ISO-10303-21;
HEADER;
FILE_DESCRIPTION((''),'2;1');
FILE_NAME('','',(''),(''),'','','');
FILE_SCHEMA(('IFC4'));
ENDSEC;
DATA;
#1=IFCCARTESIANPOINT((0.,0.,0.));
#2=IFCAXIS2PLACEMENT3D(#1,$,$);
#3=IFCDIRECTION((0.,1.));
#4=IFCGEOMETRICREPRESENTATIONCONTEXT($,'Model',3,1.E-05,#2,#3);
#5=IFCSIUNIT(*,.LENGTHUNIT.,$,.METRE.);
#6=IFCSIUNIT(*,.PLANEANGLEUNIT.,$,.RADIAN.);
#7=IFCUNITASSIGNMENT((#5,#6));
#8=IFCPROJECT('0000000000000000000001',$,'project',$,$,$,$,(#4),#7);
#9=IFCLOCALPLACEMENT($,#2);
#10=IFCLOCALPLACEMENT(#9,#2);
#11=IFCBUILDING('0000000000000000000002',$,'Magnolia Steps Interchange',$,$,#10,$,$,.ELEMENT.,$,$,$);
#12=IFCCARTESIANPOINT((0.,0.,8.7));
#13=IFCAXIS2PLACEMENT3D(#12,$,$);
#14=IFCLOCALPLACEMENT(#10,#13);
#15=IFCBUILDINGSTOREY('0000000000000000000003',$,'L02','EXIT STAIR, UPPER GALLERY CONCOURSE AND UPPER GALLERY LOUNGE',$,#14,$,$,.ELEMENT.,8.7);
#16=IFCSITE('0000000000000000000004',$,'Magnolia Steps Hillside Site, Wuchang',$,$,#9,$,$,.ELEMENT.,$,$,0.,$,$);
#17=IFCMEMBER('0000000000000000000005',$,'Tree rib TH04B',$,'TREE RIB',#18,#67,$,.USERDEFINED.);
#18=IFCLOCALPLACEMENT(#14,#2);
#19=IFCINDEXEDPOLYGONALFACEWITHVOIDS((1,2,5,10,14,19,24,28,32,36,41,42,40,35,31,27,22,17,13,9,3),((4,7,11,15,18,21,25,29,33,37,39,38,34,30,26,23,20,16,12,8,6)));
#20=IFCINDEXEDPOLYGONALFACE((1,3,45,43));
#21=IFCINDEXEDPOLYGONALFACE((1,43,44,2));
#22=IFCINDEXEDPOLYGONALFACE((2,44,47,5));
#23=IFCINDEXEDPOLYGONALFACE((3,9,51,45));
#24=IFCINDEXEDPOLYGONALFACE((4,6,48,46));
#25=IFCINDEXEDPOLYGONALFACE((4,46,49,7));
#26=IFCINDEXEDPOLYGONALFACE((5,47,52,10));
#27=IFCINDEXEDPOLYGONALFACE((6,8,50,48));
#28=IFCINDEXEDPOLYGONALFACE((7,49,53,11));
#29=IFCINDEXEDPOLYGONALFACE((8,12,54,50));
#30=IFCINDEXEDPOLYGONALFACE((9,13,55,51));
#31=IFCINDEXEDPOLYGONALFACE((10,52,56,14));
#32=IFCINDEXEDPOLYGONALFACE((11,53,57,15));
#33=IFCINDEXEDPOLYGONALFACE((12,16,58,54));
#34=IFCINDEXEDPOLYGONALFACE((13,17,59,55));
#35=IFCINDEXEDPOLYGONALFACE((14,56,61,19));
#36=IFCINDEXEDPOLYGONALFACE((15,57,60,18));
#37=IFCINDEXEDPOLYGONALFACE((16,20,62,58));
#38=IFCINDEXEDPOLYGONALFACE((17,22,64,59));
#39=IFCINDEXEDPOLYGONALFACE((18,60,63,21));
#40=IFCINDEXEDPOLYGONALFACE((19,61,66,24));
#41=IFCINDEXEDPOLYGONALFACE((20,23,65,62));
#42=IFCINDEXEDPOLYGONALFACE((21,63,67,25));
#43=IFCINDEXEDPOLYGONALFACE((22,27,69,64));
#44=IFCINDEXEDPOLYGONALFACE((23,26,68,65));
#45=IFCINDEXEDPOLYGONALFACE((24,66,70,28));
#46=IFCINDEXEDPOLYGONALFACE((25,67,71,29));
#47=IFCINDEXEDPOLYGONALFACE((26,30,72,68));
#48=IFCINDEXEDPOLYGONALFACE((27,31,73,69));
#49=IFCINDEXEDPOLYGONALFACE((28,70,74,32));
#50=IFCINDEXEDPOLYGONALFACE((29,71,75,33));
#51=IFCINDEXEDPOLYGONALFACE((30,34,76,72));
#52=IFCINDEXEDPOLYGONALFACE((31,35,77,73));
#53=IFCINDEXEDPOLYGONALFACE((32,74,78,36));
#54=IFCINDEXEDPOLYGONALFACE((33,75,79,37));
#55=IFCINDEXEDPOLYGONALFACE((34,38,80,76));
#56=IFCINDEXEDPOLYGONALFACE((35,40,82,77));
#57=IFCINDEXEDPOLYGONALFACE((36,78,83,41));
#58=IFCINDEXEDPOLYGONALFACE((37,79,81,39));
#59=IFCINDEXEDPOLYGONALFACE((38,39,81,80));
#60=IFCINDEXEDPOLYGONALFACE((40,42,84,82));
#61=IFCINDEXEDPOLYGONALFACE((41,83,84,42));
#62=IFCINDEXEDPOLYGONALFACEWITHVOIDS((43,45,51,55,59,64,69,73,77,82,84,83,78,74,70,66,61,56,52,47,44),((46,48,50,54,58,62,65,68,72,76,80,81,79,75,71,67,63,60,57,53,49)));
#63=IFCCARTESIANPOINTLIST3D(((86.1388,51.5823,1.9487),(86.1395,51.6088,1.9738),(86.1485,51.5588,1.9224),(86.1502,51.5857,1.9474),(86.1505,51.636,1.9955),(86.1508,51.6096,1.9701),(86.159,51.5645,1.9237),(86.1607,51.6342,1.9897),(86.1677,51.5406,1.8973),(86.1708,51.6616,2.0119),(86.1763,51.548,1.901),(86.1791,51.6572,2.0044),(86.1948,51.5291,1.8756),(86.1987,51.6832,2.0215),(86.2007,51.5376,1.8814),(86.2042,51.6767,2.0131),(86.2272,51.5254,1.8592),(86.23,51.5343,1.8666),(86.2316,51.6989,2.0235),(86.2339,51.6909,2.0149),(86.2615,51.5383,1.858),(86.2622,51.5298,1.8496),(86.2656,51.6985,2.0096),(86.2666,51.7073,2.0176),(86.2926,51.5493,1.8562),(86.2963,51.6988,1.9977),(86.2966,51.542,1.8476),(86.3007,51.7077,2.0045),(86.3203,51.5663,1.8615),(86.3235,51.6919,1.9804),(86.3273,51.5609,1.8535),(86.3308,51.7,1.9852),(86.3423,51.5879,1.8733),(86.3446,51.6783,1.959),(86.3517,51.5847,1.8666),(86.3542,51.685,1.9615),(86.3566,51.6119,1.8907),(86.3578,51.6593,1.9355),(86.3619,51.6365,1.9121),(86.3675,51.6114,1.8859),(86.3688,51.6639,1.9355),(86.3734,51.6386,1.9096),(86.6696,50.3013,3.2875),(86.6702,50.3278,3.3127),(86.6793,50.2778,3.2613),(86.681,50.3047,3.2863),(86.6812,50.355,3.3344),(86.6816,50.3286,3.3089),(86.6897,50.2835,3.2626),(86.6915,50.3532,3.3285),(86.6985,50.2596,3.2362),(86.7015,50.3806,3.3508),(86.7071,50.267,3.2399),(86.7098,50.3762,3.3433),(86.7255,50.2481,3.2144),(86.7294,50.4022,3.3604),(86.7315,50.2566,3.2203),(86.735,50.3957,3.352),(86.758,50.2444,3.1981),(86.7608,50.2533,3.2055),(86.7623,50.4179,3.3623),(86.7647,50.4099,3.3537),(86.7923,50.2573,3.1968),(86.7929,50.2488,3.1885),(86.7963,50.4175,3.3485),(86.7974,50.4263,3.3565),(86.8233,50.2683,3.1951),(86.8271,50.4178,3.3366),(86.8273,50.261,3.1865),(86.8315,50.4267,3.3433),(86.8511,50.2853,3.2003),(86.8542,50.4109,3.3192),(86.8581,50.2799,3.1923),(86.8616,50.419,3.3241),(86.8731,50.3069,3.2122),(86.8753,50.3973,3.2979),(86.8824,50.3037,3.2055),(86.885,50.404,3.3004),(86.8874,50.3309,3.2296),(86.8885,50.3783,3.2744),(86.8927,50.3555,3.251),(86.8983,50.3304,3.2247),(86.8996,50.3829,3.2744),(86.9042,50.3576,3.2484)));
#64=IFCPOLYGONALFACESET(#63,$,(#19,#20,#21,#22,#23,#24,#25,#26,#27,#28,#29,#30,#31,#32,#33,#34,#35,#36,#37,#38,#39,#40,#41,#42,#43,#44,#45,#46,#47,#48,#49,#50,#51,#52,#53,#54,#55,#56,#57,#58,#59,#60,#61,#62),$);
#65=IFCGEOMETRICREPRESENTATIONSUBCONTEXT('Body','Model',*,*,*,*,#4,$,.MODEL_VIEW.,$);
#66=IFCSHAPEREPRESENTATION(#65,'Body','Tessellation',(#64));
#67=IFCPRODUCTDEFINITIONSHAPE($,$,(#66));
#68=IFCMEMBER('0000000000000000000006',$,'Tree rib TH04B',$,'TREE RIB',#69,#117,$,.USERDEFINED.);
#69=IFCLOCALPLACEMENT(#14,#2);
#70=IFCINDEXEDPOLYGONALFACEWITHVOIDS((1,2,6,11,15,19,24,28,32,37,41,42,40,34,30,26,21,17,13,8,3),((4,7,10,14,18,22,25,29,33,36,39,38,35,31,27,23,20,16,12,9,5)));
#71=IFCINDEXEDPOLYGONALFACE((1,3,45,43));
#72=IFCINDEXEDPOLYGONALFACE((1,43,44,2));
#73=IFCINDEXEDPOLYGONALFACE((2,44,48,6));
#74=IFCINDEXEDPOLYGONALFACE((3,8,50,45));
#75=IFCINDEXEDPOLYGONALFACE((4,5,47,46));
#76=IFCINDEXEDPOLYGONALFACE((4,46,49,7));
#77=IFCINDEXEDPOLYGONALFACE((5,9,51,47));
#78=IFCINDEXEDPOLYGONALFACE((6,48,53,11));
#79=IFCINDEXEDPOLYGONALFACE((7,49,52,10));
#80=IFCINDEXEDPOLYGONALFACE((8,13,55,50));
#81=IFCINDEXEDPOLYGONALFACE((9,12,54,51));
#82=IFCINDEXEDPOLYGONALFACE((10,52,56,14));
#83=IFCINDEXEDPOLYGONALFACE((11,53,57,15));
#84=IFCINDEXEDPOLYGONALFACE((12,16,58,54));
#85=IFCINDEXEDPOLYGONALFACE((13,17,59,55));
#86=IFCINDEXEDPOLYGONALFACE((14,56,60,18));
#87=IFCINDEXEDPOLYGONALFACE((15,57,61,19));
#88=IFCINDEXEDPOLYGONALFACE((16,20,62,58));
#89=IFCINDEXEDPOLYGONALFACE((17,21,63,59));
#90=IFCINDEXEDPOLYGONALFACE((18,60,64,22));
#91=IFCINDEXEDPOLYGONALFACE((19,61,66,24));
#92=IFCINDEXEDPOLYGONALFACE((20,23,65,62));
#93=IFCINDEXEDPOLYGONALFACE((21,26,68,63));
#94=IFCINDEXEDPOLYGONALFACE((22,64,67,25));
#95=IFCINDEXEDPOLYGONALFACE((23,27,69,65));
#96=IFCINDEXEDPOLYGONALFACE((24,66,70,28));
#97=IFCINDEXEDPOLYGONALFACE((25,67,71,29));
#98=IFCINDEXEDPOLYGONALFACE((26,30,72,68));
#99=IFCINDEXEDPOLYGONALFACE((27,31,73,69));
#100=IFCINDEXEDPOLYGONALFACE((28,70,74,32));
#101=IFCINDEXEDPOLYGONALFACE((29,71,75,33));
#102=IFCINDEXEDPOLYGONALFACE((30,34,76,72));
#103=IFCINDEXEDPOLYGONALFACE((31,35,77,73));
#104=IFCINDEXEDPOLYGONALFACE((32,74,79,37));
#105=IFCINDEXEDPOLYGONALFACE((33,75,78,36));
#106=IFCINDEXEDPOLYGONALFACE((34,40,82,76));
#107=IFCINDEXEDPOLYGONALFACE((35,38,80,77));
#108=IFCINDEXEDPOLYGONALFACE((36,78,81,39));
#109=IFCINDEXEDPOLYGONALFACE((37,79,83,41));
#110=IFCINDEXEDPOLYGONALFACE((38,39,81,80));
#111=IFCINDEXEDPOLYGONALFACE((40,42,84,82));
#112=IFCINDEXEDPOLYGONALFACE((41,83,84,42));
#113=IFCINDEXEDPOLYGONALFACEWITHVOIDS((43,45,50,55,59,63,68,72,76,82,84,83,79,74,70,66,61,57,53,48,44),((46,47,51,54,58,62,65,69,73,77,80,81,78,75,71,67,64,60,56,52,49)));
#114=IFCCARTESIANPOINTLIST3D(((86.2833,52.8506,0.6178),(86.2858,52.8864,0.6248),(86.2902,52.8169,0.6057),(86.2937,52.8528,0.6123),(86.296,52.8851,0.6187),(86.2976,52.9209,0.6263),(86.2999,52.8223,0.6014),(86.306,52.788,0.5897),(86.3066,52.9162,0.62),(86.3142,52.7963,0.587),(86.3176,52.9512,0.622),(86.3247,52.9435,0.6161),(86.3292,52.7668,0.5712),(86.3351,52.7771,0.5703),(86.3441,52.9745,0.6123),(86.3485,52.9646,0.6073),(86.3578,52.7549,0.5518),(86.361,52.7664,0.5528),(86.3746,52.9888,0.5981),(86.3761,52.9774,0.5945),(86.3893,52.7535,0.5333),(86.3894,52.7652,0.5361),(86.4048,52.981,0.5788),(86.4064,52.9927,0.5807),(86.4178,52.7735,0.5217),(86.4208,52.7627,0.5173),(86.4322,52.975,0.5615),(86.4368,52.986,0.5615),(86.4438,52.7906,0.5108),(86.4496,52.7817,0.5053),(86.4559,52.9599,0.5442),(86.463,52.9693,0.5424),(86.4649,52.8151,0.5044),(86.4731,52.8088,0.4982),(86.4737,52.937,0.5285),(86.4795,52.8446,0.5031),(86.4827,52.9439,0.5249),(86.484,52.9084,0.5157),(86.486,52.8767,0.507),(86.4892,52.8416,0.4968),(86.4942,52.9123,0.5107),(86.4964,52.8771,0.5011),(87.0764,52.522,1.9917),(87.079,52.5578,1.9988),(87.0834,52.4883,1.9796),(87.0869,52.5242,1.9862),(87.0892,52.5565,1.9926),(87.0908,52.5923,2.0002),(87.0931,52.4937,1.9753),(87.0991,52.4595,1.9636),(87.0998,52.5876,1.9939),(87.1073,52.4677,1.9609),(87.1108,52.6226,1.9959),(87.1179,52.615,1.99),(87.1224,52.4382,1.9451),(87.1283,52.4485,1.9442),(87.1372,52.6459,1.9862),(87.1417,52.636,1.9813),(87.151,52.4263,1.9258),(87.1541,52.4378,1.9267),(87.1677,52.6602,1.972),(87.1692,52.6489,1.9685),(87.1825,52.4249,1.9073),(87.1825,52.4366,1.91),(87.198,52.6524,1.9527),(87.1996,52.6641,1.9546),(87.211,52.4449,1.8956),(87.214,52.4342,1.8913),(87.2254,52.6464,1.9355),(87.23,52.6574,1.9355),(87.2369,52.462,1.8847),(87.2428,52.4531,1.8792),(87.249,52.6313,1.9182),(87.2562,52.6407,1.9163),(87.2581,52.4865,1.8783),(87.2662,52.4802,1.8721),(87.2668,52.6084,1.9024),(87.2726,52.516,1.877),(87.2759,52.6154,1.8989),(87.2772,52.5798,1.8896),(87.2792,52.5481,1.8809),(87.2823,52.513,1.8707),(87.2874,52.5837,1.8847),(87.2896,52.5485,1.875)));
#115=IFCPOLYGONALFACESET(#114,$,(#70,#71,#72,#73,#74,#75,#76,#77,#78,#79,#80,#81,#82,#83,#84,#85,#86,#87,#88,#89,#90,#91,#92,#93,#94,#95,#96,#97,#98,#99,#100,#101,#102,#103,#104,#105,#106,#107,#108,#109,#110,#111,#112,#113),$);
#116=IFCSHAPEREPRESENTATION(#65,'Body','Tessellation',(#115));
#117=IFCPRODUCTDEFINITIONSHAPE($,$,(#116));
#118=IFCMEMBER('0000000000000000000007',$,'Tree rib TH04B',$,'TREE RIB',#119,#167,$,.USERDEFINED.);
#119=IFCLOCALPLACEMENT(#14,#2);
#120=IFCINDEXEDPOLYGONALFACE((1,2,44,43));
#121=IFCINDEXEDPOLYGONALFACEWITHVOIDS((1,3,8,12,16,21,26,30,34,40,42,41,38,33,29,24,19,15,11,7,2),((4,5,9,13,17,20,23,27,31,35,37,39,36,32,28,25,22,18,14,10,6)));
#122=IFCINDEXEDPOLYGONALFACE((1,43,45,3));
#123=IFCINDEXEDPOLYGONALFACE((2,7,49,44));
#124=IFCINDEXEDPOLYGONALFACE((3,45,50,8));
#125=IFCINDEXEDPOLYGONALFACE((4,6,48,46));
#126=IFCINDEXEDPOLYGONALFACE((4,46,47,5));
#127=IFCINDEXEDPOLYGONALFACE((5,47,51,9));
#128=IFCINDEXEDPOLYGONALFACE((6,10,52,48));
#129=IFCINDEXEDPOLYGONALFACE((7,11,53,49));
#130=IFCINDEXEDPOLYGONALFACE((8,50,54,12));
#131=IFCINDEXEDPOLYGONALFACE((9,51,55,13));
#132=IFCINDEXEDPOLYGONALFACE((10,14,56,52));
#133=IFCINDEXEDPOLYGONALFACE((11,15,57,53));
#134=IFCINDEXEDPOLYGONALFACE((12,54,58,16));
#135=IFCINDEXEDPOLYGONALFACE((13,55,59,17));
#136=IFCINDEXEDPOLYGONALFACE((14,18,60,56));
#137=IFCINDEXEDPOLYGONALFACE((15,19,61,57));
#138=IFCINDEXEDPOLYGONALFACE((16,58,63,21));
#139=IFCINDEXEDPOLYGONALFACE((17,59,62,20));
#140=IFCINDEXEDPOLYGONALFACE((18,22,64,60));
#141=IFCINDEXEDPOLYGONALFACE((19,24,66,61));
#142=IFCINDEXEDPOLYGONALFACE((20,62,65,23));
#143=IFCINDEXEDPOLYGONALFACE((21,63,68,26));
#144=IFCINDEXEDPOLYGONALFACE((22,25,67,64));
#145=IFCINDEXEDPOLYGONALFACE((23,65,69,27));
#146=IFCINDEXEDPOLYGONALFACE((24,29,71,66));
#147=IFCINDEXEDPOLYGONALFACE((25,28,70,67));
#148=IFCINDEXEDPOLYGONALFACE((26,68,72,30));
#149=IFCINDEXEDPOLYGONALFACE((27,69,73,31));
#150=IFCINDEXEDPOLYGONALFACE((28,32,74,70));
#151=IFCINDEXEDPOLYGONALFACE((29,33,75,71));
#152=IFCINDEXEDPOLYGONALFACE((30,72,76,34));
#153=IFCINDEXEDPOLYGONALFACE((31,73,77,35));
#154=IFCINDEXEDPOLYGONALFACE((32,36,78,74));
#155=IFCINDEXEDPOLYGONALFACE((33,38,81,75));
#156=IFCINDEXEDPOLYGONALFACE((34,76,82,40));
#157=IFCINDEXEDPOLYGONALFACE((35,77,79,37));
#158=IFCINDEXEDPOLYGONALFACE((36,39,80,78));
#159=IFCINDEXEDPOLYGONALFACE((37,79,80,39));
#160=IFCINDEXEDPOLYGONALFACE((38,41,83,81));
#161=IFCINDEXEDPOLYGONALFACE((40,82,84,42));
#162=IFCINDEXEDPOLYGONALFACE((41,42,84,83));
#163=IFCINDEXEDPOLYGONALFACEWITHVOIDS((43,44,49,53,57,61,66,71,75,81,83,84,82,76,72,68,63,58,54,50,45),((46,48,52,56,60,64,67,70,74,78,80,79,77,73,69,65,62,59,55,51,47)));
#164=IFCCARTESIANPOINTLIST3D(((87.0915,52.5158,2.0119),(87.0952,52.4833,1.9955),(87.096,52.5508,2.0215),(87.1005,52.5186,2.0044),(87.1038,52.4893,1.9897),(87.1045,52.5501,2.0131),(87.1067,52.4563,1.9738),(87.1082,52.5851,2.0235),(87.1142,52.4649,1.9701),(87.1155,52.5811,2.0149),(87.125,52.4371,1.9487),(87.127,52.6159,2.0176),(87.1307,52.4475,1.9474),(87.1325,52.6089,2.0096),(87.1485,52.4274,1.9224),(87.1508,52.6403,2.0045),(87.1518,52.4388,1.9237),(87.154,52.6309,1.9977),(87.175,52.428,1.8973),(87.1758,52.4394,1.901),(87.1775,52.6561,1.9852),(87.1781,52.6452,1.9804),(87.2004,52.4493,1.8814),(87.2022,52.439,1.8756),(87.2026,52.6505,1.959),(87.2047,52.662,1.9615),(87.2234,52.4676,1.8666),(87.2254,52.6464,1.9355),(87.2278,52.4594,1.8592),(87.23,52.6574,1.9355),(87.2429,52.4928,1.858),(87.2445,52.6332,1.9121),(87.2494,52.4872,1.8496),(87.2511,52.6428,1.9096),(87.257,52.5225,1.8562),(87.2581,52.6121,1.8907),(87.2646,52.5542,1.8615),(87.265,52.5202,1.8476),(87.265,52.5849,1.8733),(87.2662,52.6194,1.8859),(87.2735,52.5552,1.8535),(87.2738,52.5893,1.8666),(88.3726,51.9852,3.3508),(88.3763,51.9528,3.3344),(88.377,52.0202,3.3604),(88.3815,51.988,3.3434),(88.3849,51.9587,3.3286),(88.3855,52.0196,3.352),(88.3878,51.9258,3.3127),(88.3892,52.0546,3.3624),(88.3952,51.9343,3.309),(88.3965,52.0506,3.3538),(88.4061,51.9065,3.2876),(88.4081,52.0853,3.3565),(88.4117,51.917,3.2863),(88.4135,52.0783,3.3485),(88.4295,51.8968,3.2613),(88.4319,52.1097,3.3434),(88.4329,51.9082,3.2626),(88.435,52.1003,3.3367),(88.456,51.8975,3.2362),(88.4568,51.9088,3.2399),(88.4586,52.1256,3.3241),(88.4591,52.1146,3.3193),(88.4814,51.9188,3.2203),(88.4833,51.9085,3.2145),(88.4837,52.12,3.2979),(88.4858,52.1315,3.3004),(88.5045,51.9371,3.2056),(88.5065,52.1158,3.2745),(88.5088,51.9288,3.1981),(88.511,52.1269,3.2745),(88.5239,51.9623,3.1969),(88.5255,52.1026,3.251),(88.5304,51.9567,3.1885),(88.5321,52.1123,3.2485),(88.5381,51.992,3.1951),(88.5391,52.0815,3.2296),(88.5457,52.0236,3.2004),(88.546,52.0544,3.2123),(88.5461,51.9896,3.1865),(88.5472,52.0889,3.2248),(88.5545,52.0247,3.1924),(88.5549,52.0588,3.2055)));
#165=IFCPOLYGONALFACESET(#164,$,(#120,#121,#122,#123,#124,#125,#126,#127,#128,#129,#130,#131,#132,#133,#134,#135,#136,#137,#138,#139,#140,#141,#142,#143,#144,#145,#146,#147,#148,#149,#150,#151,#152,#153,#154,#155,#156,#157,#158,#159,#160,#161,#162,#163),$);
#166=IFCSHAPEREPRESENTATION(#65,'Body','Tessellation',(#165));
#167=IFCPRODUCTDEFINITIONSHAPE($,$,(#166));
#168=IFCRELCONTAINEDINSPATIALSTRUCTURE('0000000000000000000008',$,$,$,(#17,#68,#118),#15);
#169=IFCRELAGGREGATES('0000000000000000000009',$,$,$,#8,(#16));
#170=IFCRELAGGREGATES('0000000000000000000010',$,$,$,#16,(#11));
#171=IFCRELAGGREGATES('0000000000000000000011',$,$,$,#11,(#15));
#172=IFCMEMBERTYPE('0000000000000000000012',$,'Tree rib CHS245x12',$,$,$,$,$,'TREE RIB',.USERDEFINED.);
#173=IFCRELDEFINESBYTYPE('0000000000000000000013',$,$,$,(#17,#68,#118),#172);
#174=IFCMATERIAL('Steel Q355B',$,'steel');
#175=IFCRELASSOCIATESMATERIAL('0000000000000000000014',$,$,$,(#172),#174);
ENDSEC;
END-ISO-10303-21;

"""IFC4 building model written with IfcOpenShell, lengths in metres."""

from ifc_helpers import new_model, si_unit, direction, frame, origin, origin_2d, place, context, subcontext, project, spatial, hollow_circle, extrude, material, material_profile, profile_set, type_object, element, save


model = new_model("IFC4")

# Units and contexts
model_context = context("Model", 3, precision=1e-05, world=origin(), true_north=direction((0.0, 1.0)))
body_context = subcontext(model_context, "Body", "Model", "MODEL_VIEW")
ifc_project = project(units=[si_unit("LENGTHUNIT", "METRE"), si_unit("PLANEANGLEUNIT", "RADIAN")], contexts=[model_context])

# Site, building, storey
site_placement = place(None, origin())
site = spatial("IfcSite", under=ifc_project, at=site_placement, Name="Magnolia Steps Hillside Site, Wuchang", CompositionType="ELEMENT", RefElevation=0.0)
building_placement = place(site_placement, origin())
building = spatial("IfcBuilding", under=site, at=building_placement, Name="Magnolia Steps Interchange", CompositionType="ELEMENT")
storey_placement = place(building_placement, frame((0.0, 0.0, 8.7)))
storey = spatial("IfcBuildingStorey", under=building, at=storey_placement, Name="L02", Description="EXIT STAIR, UPPER GALLERY CONCOURSE AND UPPER GALLERY LOUNGE", CompositionType="ELEMENT", Elevation=8.7)

# Members
ifc_material_1 = material(Name="Steel Q355B", Category="steel")
ifc_material_profile_1 = material_profile(ifc_material_1, hollow_circle(Radius=0.1226, WallThickness=0.012, at=origin_2d()), Name="CHS245x12")
ifc_profile_set_1 = profile_set([ifc_material_profile_1], Name="Steel Q355B")
member_type = type_object("IfcMemberType", Name="Tree rib CHS245x12", ElementType="TREE RIB", PredefinedType="USERDEFINED", material=ifc_profile_set_1)
for number, where, z_axis, x_axis, name in (
    (1, (86.2556, 51.6169, 1.9355), (0.275363, -0.664595, 0.694614), (0.923841, 0.382777, 0.0), "Tree rib TH04B"),
):
    element("IfcMember", number, at=place(storey_placement, frame(where, z_axis=z_axis, x_axis=x_axis)), inside=storey, type_object=member_type, Name=name, ObjectType="TREE RIB", PredefinedType="USERDEFINED", context=body_context, shape_type="SweptSolid", body=[
        extrude(hollow_circle(Radius=0.1226, WallThickness=0.012, at=origin_2d()), origin(), (0.0, 0.0, 1.0), 1.9275),
    ])
member_1_placement = place(storey_placement, frame((86.3899, 52.8728, 0.5615), z_axis=(0.489571, -0.20282, 0.848047), x_axis=(0.382737, 0.923857, 0.0)))
element("IfcMember", 2, at=member_1_placement, inside=storey, type_object=member_type, Name="Tree rib TH04B", ObjectType="TREE RIB", PredefinedType="USERDEFINED", context=body_context, shape_type="SweptSolid", body=[
    extrude(hollow_circle(Radius=0.1226, WallThickness=0.012, at=origin_2d()), origin(), (0.0, 0.0, 1.0), 1.6201),
])
member_2_placement = place(storey_placement, frame((87.1831, 52.5442, 1.9355), z_axis=(0.664618, -0.275246, 0.694638), x_axis=(0.382627, 0.923903, 0.0)))
element("IfcMember", 3, at=member_2_placement, inside=storey, type_object=member_type, Name="Tree rib TH04B", ObjectType="TREE RIB", PredefinedType="USERDEFINED", context=body_context, shape_type="SweptSolid", body=[
    extrude(hollow_circle(Radius=0.1226, WallThickness=0.012, at=origin_2d()), origin(), (0.0, 0.0, 1.0), 1.9275),
])

save(model, "model.ifc")
